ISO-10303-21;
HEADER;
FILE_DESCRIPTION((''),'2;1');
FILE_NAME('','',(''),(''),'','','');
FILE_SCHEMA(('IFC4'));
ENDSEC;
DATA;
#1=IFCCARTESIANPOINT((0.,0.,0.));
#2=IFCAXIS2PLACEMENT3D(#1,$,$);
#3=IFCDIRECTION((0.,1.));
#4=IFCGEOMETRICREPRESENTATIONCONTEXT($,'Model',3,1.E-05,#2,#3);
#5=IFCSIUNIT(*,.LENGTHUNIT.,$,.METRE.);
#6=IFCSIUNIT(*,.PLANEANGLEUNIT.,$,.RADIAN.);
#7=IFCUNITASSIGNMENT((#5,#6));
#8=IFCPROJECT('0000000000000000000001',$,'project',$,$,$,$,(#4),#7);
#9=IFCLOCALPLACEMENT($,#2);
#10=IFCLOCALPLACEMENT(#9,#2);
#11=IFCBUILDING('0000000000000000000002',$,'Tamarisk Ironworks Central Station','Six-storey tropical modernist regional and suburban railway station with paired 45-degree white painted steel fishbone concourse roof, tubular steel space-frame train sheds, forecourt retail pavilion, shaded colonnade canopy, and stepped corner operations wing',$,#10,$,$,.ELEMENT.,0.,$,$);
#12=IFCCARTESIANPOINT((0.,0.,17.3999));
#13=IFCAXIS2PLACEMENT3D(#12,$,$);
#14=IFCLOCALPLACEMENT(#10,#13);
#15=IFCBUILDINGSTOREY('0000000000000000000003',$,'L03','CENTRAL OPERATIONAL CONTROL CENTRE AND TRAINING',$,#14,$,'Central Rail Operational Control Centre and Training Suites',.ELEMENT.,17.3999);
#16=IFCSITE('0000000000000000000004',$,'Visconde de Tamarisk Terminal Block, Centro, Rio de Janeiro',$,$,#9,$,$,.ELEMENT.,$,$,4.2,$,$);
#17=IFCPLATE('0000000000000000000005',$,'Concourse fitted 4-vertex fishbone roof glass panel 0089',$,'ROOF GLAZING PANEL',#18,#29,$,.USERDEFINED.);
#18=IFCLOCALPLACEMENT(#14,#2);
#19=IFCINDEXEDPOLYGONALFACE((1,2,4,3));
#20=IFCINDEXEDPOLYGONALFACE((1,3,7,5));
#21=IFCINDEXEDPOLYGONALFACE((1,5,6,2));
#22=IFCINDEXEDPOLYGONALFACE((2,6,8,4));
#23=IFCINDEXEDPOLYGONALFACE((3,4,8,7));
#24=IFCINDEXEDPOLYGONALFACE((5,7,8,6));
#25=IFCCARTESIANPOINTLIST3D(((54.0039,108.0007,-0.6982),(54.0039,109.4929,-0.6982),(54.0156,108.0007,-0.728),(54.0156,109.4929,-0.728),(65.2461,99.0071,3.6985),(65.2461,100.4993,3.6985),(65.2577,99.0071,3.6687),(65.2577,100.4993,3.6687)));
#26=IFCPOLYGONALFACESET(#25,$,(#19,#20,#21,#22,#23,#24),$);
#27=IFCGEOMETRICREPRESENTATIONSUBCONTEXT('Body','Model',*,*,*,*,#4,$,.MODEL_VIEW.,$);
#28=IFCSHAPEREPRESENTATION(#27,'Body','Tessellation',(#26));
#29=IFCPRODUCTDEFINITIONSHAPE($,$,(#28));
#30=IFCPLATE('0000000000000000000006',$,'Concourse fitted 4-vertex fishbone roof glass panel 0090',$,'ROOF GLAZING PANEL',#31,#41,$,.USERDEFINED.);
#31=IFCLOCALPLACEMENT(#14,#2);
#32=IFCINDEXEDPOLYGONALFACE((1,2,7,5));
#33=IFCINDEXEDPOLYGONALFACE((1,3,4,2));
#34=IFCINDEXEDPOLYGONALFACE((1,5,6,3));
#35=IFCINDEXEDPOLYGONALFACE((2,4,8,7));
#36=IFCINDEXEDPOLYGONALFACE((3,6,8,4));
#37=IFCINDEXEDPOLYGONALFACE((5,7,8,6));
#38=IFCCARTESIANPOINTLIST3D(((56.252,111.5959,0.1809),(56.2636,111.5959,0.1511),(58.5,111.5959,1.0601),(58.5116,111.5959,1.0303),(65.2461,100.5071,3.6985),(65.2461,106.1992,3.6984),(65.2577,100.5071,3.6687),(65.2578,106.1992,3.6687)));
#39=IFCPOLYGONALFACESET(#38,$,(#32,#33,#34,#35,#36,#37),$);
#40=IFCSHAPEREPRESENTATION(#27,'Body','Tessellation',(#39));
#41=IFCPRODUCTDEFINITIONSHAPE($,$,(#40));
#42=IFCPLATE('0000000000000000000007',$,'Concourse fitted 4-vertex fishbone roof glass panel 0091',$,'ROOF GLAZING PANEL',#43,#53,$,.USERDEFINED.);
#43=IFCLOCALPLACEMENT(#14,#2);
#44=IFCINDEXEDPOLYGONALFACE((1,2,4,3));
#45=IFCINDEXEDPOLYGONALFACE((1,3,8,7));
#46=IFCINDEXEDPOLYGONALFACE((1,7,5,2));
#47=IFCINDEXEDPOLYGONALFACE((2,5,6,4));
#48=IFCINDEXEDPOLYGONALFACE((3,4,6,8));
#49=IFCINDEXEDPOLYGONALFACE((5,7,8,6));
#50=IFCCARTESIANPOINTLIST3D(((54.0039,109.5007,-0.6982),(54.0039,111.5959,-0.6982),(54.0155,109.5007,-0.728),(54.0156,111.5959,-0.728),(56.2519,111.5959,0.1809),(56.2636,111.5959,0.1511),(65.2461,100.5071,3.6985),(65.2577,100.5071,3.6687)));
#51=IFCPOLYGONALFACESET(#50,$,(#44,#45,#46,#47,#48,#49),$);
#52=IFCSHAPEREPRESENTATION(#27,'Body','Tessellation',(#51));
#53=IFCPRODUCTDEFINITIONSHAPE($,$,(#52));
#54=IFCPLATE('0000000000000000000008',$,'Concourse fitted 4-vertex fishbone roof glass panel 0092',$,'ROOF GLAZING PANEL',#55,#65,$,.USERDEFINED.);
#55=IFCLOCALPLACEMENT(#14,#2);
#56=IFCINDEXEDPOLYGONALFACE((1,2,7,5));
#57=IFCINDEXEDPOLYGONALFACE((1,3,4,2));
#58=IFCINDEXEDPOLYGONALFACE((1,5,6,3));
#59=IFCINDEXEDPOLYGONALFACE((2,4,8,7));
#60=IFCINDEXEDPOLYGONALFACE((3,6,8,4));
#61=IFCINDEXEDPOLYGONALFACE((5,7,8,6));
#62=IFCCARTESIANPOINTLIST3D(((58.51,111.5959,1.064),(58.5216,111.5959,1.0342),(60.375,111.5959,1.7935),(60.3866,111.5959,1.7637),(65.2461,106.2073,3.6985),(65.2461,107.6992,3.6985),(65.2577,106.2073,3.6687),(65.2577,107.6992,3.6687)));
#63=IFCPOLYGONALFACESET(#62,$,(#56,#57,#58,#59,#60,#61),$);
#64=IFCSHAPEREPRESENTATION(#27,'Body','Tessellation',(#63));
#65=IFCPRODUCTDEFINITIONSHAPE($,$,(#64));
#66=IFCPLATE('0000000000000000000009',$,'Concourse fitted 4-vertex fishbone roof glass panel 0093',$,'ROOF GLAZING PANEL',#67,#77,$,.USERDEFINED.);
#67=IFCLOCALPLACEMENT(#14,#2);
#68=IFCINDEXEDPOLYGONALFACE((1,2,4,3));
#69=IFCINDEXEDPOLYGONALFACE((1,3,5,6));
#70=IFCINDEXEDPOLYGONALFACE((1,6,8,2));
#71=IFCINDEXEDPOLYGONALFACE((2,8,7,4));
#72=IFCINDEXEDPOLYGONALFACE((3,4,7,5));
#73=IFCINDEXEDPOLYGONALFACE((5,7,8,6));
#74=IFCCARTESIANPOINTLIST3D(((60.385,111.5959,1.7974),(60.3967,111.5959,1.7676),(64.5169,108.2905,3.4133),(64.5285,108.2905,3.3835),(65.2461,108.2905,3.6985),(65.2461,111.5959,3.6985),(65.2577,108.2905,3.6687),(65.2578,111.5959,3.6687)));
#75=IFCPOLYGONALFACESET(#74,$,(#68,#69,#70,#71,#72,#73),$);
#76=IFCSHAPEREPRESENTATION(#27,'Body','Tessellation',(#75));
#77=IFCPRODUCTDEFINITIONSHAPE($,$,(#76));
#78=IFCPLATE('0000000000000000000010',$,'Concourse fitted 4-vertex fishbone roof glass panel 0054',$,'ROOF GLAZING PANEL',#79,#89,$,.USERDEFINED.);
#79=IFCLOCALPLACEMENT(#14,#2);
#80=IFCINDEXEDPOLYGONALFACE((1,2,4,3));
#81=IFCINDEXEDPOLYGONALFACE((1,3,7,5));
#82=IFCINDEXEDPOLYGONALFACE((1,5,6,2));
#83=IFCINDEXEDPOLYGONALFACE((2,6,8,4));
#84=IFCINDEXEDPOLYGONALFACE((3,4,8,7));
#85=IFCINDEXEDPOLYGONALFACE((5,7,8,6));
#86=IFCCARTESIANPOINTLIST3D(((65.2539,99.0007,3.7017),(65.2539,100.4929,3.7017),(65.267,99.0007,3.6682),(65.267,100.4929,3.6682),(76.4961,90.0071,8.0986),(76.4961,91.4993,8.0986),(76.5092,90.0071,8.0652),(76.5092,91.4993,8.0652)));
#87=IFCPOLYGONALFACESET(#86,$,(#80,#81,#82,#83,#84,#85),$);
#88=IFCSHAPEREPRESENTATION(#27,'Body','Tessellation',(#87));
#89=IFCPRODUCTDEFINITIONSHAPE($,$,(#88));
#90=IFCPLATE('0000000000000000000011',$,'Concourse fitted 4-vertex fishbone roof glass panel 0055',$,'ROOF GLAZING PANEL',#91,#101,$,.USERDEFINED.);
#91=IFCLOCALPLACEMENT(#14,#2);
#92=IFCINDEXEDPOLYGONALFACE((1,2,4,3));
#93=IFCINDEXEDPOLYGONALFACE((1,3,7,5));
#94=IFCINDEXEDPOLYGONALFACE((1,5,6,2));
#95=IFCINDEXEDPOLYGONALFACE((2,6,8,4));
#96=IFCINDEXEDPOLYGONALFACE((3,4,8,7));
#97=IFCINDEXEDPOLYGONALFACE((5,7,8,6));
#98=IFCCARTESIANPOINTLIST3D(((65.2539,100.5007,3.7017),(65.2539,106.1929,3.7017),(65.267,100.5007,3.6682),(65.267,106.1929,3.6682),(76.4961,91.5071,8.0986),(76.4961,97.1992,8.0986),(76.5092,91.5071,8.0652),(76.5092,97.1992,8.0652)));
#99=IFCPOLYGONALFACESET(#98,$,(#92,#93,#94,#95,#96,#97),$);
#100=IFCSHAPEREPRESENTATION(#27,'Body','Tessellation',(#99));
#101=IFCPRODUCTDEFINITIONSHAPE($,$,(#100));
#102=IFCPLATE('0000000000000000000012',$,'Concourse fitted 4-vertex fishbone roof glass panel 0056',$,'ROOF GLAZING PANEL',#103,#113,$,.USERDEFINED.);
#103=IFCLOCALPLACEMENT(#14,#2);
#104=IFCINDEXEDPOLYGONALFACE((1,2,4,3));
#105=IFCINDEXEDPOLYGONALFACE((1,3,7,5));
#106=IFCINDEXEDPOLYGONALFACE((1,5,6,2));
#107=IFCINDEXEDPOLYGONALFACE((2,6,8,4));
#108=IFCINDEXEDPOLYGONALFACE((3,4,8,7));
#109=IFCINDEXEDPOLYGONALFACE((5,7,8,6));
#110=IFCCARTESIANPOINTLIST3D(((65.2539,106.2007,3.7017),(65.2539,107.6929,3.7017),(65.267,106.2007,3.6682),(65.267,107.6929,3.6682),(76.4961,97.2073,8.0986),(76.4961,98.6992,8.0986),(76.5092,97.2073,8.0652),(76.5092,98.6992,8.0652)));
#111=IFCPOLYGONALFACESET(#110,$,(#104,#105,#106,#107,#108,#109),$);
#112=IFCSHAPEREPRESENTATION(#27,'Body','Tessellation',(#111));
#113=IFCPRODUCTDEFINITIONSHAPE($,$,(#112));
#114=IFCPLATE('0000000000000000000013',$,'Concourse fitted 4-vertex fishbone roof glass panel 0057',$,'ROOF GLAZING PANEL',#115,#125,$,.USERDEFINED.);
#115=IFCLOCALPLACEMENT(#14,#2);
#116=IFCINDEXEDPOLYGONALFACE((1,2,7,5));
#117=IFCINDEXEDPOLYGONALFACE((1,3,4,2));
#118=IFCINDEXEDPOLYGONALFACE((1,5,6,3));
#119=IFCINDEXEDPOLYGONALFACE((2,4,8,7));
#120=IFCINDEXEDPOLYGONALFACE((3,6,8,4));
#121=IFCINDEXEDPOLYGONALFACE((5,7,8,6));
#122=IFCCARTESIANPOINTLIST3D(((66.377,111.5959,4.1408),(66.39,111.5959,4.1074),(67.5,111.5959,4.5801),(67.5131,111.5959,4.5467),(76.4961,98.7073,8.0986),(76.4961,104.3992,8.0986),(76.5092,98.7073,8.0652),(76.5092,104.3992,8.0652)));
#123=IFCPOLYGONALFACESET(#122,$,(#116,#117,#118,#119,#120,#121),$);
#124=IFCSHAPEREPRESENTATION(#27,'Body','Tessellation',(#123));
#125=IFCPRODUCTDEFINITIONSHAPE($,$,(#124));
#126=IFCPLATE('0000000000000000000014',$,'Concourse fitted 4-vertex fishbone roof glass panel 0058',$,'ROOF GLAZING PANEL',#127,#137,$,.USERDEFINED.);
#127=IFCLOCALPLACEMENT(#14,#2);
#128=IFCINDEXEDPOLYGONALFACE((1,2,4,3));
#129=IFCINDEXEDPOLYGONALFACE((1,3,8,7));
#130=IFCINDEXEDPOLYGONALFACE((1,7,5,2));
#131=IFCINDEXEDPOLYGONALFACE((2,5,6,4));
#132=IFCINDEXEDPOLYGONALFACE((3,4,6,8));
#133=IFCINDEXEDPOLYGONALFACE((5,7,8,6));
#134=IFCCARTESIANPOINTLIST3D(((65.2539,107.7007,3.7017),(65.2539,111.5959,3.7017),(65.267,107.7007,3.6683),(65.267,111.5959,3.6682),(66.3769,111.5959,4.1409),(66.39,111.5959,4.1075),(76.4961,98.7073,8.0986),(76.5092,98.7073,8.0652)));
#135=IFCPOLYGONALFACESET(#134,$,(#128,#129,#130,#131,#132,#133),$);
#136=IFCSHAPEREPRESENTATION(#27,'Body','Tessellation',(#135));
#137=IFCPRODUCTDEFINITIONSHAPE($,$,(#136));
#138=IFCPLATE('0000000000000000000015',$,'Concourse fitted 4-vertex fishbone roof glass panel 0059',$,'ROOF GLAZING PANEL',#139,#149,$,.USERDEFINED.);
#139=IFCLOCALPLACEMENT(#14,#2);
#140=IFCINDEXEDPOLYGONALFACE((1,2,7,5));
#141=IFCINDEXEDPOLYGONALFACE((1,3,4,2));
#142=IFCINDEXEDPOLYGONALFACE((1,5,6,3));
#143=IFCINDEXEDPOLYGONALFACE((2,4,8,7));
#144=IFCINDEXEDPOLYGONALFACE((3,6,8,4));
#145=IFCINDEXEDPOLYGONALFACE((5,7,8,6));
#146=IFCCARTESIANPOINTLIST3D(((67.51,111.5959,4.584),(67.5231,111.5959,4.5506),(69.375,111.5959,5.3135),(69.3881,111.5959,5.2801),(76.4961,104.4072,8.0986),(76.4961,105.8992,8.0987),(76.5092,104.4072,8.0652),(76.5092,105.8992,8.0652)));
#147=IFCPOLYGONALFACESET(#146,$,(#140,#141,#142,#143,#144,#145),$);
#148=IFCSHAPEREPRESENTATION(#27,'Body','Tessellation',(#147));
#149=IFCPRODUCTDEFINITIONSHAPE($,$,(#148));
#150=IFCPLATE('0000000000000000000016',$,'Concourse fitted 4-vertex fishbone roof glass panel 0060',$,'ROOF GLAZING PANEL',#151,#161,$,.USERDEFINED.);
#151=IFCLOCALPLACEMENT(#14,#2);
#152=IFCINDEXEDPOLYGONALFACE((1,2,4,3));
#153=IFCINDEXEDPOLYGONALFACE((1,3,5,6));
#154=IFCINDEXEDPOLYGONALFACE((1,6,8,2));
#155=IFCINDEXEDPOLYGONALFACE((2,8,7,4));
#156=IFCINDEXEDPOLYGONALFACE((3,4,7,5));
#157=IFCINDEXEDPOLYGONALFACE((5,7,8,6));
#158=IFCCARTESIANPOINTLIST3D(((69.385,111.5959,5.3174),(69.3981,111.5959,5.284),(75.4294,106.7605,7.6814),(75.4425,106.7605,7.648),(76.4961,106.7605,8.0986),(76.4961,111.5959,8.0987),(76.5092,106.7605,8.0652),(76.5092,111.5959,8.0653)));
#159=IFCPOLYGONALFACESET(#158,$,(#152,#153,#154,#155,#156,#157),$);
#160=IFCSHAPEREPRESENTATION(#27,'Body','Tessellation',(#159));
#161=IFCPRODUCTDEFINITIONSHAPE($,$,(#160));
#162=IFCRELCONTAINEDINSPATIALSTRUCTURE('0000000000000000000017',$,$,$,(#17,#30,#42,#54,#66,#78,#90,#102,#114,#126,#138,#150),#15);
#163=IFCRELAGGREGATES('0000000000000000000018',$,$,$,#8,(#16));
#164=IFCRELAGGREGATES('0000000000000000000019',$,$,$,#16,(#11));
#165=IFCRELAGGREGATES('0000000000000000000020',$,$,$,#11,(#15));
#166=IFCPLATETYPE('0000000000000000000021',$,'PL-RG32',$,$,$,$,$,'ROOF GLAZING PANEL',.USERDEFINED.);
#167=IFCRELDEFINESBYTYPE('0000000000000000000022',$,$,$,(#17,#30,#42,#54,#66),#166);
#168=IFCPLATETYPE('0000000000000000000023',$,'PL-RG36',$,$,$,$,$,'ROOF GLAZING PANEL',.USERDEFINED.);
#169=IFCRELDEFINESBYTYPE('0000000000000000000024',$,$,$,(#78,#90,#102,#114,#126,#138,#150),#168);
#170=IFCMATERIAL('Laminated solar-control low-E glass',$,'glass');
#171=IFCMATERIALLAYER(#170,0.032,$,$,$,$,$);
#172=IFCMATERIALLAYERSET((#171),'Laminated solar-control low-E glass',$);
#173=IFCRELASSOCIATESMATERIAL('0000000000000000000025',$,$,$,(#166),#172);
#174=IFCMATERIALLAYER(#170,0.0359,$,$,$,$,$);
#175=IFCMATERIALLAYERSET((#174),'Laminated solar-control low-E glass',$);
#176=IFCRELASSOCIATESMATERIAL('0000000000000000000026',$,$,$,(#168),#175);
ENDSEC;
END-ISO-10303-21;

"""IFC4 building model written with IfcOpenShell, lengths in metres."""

from ifc_helpers import new_model, si_unit, direction, frame, origin, place, context, subcontext, project, spatial, polyline, outline, extrude, material, layer, layer_set, type_object, element, save


model = new_model("IFC4")

# Units and contexts
model_context = context("Model", 3, precision=1e-05, world=origin(), true_north=direction((0.0, 1.0)))
body_context = subcontext(model_context, "Body", "Model", "MODEL_VIEW")
ifc_project = project(units=[si_unit("LENGTHUNIT", "METRE"), si_unit("PLANEANGLEUNIT", "RADIAN")], contexts=[model_context])

# Site, building, storey
site_placement = place(None, origin())
site = spatial("IfcSite", under=ifc_project, at=site_placement, Name="Visconde de Tamarisk Terminal Block, Centro, Rio de Janeiro", CompositionType="ELEMENT", RefElevation=4.2)
building_placement = place(site_placement, origin())
building = spatial("IfcBuilding", under=site, at=building_placement, Name="Tamarisk Ironworks Central Station", Description="Six-storey tropical modernist regional and suburban railway station with paired 45-degree white painted steel fishbone concourse roof, tubular steel space-frame train sheds, forecourt retail pavilion, shaded colonnade canopy, and stepped corner operations wing", CompositionType="ELEMENT", ElevationOfRefHeight=0.0)
storey_placement = place(building_placement, frame((0.0, 0.0, 17.3999)))
storey = spatial("IfcBuildingStorey", under=building, at=storey_placement, Name="L03", Description="CENTRAL OPERATIONAL CONTROL CENTRE AND TRAINING", LongName="Central Rail Operational Control Centre and Training Suites", CompositionType="ELEMENT", Elevation=17.3999)

# Plates
ifc_material_1 = material(Name="Laminated solar-control low-E glass", Category="glass")
ifc_layer_1 = layer(ifc_material_1, 0.032)
ifc_layer_set_1 = layer_set([ifc_layer_1], Name="Laminated solar-control low-E glass")
plate_type_1 = type_object("IfcPlateType", Name="PL-RG32", ElementType="ROOF GLAZING PANEL", PredefinedType="USERDEFINED", material=ifc_layer_set_1)
plate_1_placement = place(storey_placement, frame((65.2461, 99.0071, 3.6985), z_axis=(-0.364228, 0.0, 0.93131), x_axis=(0.0, 1.0, 0.0)))
element("IfcPlate", 1, at=plate_1_placement, inside=storey, type_object=plate_type_1, Name="Concourse fitted 4-vertex fishbone roof glass panel 0089", ObjectType="ROOF GLAZING PANEL", PredefinedType="USERDEFINED", context=body_context, shape_type="SweptSolid", body=[
    extrude(outline(polyline([(0.0, 0.0), (1.4922, 0.0), (10.4858, 12.0714), (8.9937, 12.0714), (0.0, 0.0)])), origin(), (0.0, 0.0, -1.0), 0.032),
])
plate_2_placement = place(storey_placement, frame((65.2461, 100.5071, 3.6985), z_axis=(-0.364228, 0.000007, 0.93131), x_axis=(0.000003, 1.0, -0.000007)))
element("IfcPlate", 2, at=plate_2_placement, inside=storey, type_object=plate_type_1, Name="Concourse fitted 4-vertex fishbone roof glass panel 0090", ObjectType="ROOF GLAZING PANEL", PredefinedType="USERDEFINED", context=body_context, shape_type="SweptSolid", body=[
    extrude(outline(polyline([(0.0, 0.0), (5.6921, 0.0), (11.0889, 7.2437), (11.0889, 9.6575), (0.0, 0.0)])), origin(), (0.0, 0.0, -1.0), 0.032),
])
plate_3_placement = place(storey_placement, frame((65.2461, 100.5071, 3.6985), z_axis=(-0.36422, 0.000009, 0.931313), x_axis=(-0.611647, 0.754099, -0.239212)))
element("IfcPlate", 3, at=plate_3_placement, inside=storey, type_object=plate_type_1, Name="Concourse fitted 4-vertex fishbone roof glass panel 0091", ObjectType="ROOF GLAZING PANEL", PredefinedType="USERDEFINED", context=body_context, shape_type="SweptSolid", body=[
    extrude(outline(polyline([(0.0, 0.0), (14.7048, 0.0), (16.2901, 1.8203), (14.7101, 3.1963), (0.0, 0.0)])), origin(), (0.0, 0.0, -1.0), 0.032),
])
plate_4_placement = place(storey_placement, frame((65.2461, 106.2073, 3.6985), z_axis=(-0.364254, -0.00003, 0.9313), x_axis=(-0.000011, 1.0, 0.000028)))
element("IfcPlate", 4, at=plate_4_placement, inside=storey, type_object=plate_type_1, Name="Concourse fitted 4-vertex fishbone roof glass panel 0092", ObjectType="ROOF GLAZING PANEL", PredefinedType="USERDEFINED", context=body_context, shape_type="SweptSolid", body=[
    extrude(outline(polyline([(0.0, 0.0), (1.4919, 0.0), (5.3887, 5.2304), (5.3887, 7.2329), (0.0, 0.0)])), origin(), (0.0, 0.0, -1.0), 0.032),
])
plate_5_placement = place(storey_placement, frame((65.2461, 108.2905, 3.6985), z_axis=(-0.36422, 0.000011, 0.931313), x_axis=(0.000004, 1.0, -0.00001)))
element("IfcPlate", 5, at=plate_5_placement, inside=storey, type_object=plate_type_1, Name="Concourse fitted 4-vertex fishbone roof glass panel 0093", ObjectType="ROOF GLAZING PANEL", PredefinedType="USERDEFINED", context=body_context, shape_type="SweptSolid", body=[
    extrude(outline(polyline([(0.0, 0.0), (3.3054, 0.0), (3.3054, 5.2196), (0.0, 0.783), (0.0, 0.0)])), origin(), (0.0, 0.0, -1.0), 0.032),
])
ifc_layer_2 = layer(ifc_material_1, 0.0359)
ifc_layer_set_2 = layer_set([ifc_layer_2], Name="Laminated solar-control low-E glass")
plate_type_2 = type_object("IfcPlateType", Name="PL-RG36", ElementType="ROOF GLAZING PANEL", PredefinedType="USERDEFINED", material=ifc_layer_set_2)
plate_6_placement = place(storey_placement, frame((76.4961, 90.0071, 8.0986), z_axis=(-0.364245, 0.0, 0.931303), x_axis=(0.0, 1.0, 0.0)))
element("IfcPlate", 6, at=plate_6_placement, inside=storey, type_object=plate_type_2, Name="Concourse fitted 4-vertex fishbone roof glass panel 0054", ObjectType="ROOF GLAZING PANEL", PredefinedType="USERDEFINED", context=body_context, shape_type="SweptSolid", body=[
    extrude(outline(polyline([(0.0, 0.0), (1.4922, 0.0), (10.4858, 12.0715), (8.9937, 12.0715), (0.0, 0.0)])), origin(), (0.0, 0.0, -1.0), 0.0359),
])
plate_7_placement = place(storey_placement, frame((76.4961, 91.5071, 8.0986), z_axis=(-0.364245, 0.0, 0.931303), x_axis=(0.0, 1.0, 0.0)))
element("IfcPlate", 7, at=plate_7_placement, inside=storey, type_object=plate_type_2, Name="Concourse fitted 4-vertex fishbone roof glass panel 0055", ObjectType="ROOF GLAZING PANEL", PredefinedType="USERDEFINED", context=body_context, shape_type="SweptSolid", body=[
    extrude(outline(polyline([(0.0, 0.0), (5.6921, 0.0), (14.6858, 12.0715), (8.9937, 12.0715), (0.0, 0.0)])), origin(), (0.0, 0.0, -1.0), 0.0359),
])
plate_8_placement = place(storey_placement, frame((76.4961, 97.2073, 8.0986), z_axis=(-0.364245, 0.0, 0.931303), x_axis=(0.0, 1.0, 0.0)))
element("IfcPlate", 8, at=plate_8_placement, inside=storey, type_object=plate_type_2, Name="Concourse fitted 4-vertex fishbone roof glass panel 0056", ObjectType="ROOF GLAZING PANEL", PredefinedType="USERDEFINED", context=body_context, shape_type="SweptSolid", body=[
    extrude(outline(polyline([(0.0, 0.0), (1.4919, 0.0), (10.4856, 12.0715), (8.9934, 12.0715), (0.0, 0.0)])), origin(), (0.0, 0.0, -1.0), 0.0359),
])
plate_9_placement = place(storey_placement, frame((76.4961, 98.7073, 8.0986), z_axis=(-0.364245, 0.000005, 0.931303), x_axis=(0.000002, 1.0, -0.000004)))
element("IfcPlate", 9, at=plate_9_placement, inside=storey, type_object=plate_type_2, Name="Concourse fitted 4-vertex fishbone roof glass panel 0057", ObjectType="ROOF GLAZING PANEL", PredefinedType="USERDEFINED", context=body_context, shape_type="SweptSolid", body=[
    extrude(outline(polyline([(0.0, 0.0), (5.6919, 0.0), (12.8887, 9.6597), (12.8887, 10.8656), (0.0, 0.0)])), origin(), (0.0, 0.0, -1.0), 0.0359),
])
plate_10_placement = place(storey_placement, frame((76.4961, 98.7073, 8.0986), z_axis=(-0.36424, 0.000005, 0.931305), x_axis=(-0.600272, 0.764561, -0.234775)))
element("IfcPlate", 10, at=plate_10_placement, inside=storey, type_object=plate_type_2, Name="Concourse fitted 4-vertex fishbone roof glass panel 0058", ObjectType="ROOF GLAZING PANEL", PredefinedType="USERDEFINED", context=body_context, shape_type="SweptSolid", body=[
    extrude(outline(polyline([(0.0, 0.0), (16.8576, 0.0), (17.6349, 0.922), (14.6567, 3.4327), (0.0, 0.0)])), origin(), (0.0, 0.0, -1.0), 0.0359),
])
plate_11_placement = place(storey_placement, frame((76.4961, 104.4072, 8.0986), z_axis=(-0.364262, -0.000019, 0.931297), x_axis=(-0.000007, 1.0, 0.000018)))
element("IfcPlate", 11, at=plate_11_placement, inside=storey, type_object=plate_type_2, Name="Concourse fitted 4-vertex fishbone roof glass panel 0059", ObjectType="ROOF GLAZING PANEL", PredefinedType="USERDEFINED", context=body_context, shape_type="SweptSolid", body=[
    extrude(outline(polyline([(0.0, 0.0), (1.4919, 0.0), (7.1887, 7.6464), (7.1887, 9.649), (0.0, 0.0)])), origin(), (0.0, 0.0, -1.0), 0.0359),
])
plate_12_placement = place(storey_placement, frame((76.4961, 106.7605, 8.0986), z_axis=(-0.364252, -0.000009, 0.931301), x_axis=(-0.000003, 1.0, 0.000008)))
element("IfcPlate", 12, at=plate_12_placement, inside=storey, type_object=plate_type_2, Name="Concourse fitted 4-vertex fishbone roof glass panel 0060", ObjectType="ROOF GLAZING PANEL", PredefinedType="USERDEFINED", context=body_context, shape_type="SweptSolid", body=[
    extrude(outline(polyline([(0.0, 0.0), (4.8354, 0.0), (4.8354, 7.6356), (0.0, 1.1454), (0.0, 0.0)])), origin(), (0.0, 0.0, -1.0), 0.0359),
])

save(model, "model.ifc")
